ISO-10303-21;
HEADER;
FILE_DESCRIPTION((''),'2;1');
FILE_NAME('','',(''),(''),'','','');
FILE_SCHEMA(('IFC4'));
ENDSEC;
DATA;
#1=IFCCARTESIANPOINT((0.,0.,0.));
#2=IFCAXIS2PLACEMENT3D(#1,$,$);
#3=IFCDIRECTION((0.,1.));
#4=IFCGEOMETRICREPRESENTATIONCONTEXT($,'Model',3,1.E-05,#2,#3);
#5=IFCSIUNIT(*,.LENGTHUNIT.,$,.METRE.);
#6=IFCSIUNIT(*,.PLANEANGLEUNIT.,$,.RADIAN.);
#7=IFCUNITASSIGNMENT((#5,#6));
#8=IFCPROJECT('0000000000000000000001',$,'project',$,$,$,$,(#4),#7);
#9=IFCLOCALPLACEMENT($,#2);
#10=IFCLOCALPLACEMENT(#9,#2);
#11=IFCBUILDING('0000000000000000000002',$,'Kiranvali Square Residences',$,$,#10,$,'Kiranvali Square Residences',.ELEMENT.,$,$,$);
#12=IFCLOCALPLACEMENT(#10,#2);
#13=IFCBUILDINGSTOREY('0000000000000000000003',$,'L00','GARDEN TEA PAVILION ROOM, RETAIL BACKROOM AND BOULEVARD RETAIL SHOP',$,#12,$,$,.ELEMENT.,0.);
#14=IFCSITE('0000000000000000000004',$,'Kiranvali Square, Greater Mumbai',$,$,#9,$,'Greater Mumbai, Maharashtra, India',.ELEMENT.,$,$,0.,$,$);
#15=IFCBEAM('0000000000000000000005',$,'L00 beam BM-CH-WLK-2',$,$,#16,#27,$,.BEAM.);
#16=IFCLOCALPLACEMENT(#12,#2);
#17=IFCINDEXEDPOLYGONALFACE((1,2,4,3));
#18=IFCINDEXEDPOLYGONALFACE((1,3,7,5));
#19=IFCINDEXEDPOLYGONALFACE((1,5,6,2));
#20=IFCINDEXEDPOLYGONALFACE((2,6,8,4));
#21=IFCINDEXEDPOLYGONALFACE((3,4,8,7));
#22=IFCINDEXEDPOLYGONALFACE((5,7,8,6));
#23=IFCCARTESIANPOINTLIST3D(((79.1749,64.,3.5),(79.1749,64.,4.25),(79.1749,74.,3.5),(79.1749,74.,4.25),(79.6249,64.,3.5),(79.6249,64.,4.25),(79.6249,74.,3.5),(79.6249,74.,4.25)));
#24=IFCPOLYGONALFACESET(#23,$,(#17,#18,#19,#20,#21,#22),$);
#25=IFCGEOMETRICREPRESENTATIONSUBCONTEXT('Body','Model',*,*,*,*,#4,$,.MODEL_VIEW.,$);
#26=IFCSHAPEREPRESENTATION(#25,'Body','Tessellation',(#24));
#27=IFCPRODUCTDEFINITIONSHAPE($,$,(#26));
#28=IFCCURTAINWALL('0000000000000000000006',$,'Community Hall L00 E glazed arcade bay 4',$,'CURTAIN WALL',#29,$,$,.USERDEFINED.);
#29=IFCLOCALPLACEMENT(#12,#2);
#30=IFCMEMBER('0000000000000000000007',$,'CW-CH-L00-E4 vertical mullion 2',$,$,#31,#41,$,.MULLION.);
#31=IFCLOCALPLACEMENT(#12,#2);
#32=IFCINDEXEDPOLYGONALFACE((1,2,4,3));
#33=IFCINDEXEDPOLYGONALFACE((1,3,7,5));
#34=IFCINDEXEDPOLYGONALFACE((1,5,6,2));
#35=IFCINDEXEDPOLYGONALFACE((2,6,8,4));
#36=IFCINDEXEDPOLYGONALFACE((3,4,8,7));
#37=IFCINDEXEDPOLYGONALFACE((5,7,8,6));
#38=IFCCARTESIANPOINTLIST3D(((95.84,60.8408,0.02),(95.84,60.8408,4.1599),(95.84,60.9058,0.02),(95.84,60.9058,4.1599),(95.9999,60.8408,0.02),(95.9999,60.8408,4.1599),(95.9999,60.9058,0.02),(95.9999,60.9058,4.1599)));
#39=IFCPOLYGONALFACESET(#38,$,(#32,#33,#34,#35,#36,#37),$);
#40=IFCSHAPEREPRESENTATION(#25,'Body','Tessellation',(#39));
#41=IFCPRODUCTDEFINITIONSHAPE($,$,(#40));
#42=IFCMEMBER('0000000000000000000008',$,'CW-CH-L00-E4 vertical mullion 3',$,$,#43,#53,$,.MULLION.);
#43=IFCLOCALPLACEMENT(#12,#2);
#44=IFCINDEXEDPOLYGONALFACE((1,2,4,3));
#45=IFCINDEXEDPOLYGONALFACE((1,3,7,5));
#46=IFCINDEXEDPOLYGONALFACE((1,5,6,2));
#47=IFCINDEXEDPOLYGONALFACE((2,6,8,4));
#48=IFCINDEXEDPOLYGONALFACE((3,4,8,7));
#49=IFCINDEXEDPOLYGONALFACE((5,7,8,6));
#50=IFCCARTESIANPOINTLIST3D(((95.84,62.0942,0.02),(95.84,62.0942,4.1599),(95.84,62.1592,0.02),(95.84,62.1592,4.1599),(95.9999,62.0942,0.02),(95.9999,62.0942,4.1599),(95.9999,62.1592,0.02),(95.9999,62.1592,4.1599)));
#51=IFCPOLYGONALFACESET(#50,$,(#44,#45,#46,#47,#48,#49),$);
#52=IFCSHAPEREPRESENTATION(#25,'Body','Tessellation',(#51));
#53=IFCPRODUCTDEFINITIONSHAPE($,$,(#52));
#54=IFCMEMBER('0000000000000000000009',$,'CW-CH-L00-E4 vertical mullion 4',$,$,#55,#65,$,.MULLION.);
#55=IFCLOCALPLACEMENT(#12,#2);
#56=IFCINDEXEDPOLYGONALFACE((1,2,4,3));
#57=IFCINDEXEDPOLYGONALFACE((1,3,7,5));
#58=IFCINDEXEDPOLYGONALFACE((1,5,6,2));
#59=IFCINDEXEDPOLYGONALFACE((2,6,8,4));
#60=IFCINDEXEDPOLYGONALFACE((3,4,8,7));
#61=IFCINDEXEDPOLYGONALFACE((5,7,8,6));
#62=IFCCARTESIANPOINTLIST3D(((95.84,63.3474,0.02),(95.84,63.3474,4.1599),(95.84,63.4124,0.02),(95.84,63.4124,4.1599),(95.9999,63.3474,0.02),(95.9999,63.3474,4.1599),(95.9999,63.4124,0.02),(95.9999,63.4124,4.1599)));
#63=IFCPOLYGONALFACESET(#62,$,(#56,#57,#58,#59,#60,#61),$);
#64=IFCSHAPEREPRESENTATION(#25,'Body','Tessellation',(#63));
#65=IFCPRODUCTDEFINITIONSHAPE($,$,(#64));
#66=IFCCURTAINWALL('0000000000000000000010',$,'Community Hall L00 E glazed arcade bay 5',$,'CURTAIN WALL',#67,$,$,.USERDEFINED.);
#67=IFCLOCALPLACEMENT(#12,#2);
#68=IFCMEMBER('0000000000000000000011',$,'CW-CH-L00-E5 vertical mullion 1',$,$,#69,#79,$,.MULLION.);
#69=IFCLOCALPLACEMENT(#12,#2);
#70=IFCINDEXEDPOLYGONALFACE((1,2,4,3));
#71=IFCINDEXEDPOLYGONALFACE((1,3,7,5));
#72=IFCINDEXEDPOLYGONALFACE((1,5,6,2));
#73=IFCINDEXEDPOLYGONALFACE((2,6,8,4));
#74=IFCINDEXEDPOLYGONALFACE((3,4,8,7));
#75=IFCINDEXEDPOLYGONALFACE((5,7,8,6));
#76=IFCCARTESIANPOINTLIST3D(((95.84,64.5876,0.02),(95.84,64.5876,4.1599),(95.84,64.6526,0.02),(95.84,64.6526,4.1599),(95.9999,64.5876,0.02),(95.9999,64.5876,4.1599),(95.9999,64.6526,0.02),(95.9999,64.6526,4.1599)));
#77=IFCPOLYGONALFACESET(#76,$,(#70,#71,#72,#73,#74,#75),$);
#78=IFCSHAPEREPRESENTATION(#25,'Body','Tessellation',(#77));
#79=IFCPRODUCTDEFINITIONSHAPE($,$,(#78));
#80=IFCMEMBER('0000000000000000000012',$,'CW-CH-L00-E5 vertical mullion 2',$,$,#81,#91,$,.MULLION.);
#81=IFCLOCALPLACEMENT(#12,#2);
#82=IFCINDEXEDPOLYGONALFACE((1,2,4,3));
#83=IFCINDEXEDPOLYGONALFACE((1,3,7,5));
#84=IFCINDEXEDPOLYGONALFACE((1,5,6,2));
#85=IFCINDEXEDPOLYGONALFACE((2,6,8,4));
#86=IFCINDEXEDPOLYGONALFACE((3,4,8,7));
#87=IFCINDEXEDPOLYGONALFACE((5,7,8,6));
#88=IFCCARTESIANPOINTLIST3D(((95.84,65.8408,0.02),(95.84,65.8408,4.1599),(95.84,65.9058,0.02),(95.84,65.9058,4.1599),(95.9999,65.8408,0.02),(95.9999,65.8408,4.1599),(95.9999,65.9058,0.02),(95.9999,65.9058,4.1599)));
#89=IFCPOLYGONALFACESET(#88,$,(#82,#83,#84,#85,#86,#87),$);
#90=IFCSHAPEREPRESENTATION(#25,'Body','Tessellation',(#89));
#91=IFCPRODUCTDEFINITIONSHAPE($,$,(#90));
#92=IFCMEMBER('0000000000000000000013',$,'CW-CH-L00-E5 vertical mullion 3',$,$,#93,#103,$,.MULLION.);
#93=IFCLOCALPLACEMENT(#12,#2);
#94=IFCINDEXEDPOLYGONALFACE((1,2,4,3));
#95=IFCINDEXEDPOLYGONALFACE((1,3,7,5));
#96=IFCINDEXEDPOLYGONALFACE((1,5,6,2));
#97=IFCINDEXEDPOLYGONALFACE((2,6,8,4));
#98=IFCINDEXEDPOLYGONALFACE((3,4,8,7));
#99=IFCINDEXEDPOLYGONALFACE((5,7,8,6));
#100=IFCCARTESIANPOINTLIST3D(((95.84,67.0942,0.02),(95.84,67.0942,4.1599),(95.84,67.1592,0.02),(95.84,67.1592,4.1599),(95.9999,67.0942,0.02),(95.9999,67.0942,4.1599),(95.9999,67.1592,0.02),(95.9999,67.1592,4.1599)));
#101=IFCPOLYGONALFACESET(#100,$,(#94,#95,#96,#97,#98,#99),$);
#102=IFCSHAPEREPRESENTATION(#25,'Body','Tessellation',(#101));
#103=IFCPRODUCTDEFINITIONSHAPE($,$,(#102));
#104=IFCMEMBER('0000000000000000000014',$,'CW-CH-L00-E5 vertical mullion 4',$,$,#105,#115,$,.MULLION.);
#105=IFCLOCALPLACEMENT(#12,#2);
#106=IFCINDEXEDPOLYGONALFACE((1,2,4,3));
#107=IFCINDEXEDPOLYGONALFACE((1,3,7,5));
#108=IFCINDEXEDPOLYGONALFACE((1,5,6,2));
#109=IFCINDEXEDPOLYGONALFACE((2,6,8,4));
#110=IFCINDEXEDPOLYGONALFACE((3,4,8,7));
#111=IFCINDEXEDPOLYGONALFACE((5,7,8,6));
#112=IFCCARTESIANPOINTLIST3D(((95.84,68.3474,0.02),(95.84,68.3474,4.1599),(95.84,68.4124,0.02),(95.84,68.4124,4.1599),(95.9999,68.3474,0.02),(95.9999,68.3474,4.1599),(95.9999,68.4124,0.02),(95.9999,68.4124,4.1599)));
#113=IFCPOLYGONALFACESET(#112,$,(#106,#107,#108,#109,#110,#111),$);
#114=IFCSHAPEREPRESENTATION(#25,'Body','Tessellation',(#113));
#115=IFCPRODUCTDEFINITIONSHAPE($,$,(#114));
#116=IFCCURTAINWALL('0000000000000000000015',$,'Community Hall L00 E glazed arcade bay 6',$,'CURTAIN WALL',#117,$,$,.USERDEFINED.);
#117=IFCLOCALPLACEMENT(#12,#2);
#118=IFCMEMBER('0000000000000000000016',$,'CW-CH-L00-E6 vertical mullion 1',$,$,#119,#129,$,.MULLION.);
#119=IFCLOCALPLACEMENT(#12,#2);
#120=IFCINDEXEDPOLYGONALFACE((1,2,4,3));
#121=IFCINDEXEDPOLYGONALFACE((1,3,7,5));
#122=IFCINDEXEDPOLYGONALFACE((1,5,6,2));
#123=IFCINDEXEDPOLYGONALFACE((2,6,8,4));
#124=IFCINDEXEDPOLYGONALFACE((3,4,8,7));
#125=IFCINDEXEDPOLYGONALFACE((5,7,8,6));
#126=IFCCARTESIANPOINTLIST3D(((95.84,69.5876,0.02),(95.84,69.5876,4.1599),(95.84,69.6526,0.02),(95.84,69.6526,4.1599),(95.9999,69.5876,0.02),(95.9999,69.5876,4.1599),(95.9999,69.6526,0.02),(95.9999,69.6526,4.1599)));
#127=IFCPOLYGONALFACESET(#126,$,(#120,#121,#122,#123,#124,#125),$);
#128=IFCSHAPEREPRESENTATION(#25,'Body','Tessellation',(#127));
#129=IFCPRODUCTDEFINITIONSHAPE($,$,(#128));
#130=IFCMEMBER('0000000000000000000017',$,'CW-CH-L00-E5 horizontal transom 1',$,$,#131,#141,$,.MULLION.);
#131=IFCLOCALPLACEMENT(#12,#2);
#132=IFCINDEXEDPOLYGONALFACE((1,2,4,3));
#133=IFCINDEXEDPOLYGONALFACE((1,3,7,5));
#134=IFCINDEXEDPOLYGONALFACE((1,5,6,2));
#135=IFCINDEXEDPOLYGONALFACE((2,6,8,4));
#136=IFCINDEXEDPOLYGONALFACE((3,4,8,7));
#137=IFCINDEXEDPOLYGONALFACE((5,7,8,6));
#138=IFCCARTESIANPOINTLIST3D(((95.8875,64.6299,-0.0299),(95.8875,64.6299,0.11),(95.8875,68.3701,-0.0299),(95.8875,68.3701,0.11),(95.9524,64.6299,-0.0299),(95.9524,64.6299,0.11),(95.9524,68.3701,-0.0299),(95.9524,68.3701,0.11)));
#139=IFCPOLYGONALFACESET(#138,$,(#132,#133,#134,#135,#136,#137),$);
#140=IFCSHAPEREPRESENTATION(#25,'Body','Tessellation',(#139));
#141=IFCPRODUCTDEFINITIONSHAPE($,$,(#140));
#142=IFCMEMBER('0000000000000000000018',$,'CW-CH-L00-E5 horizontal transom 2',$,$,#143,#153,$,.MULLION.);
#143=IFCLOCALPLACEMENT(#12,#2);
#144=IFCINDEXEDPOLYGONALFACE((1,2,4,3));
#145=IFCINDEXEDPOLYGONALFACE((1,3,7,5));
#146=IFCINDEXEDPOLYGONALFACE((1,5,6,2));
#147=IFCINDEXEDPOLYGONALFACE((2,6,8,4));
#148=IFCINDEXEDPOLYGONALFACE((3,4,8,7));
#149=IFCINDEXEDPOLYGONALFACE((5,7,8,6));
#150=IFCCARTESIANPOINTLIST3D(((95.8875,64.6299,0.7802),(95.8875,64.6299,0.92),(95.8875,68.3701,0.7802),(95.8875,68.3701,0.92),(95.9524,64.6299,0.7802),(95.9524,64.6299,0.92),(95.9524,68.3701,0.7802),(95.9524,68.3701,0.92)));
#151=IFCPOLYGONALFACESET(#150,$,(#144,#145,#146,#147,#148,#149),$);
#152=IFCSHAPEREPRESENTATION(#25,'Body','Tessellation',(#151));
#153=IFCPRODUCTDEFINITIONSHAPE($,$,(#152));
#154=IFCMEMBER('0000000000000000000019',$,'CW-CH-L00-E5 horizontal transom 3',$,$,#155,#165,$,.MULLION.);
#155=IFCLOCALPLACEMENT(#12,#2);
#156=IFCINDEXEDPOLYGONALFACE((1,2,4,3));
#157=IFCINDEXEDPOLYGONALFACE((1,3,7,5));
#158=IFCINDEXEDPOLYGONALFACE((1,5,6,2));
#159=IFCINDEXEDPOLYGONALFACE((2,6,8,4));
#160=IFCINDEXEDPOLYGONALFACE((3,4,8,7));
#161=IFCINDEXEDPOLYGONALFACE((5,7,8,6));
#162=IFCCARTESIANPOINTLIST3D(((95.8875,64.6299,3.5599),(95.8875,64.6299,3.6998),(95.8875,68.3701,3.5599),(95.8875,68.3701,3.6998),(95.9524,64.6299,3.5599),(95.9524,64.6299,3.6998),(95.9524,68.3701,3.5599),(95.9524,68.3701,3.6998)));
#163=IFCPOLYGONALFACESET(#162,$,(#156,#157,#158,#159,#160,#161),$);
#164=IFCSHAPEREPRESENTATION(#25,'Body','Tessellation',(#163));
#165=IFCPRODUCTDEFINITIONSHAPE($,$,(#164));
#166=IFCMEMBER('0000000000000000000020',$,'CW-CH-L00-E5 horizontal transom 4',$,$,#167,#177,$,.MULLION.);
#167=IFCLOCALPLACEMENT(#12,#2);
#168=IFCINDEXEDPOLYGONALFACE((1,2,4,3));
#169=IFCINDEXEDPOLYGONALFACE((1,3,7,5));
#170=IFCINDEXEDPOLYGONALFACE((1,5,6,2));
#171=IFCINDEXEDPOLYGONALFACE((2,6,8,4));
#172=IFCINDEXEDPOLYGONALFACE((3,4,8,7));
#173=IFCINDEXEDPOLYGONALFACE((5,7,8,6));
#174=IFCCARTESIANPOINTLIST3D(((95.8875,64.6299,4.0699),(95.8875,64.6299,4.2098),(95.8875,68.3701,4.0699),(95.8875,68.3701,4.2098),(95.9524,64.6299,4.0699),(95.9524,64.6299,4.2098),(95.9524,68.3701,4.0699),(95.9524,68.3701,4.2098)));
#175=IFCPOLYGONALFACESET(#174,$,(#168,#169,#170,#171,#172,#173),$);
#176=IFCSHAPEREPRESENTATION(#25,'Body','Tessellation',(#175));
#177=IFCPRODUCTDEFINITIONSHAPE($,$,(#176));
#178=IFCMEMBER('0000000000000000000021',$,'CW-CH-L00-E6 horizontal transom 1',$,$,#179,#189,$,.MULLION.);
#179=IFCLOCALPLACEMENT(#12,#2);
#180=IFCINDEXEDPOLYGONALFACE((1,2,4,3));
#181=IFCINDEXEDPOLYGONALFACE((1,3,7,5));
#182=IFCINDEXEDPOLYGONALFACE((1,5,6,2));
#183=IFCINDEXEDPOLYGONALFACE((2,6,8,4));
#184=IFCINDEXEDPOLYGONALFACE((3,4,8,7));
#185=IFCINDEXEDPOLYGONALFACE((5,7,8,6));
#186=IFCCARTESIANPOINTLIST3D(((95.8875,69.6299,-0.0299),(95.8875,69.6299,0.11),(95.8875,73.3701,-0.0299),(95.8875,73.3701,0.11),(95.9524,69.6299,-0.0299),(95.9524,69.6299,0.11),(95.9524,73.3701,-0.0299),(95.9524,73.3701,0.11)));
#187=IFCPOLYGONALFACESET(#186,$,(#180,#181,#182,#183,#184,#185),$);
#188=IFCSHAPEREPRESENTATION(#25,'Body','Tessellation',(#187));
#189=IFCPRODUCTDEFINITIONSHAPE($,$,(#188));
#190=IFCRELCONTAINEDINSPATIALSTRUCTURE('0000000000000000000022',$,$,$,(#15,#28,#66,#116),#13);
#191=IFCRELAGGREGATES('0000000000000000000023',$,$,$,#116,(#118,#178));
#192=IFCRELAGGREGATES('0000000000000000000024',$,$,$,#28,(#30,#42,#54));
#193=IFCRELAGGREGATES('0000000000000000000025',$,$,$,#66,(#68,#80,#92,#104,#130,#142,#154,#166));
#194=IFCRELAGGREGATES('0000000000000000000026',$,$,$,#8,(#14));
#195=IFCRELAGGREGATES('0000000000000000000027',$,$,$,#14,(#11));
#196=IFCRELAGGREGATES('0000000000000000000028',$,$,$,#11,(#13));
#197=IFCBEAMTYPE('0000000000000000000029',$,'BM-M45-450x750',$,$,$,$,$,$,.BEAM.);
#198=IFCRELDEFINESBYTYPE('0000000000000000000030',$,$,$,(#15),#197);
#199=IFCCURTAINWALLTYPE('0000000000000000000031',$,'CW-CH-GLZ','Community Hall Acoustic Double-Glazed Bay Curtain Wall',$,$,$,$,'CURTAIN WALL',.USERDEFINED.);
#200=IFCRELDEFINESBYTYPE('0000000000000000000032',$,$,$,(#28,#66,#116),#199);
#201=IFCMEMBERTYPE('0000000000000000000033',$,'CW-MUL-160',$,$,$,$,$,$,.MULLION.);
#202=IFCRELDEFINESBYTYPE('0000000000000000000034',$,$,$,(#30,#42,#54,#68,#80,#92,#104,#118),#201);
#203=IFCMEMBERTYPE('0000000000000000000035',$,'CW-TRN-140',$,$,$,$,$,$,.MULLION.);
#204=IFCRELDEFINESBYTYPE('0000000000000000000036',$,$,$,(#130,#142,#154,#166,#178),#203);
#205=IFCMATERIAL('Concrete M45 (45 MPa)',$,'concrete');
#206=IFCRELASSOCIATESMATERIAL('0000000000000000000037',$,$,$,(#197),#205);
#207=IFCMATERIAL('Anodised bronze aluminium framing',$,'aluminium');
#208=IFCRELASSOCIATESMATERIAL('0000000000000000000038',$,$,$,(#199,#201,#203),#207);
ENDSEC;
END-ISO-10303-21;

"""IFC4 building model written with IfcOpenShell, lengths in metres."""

from ifc_helpers import new_model, si_unit, direction, frame, origin, origin_2d, place, context, subcontext, project, spatial, rectangle, extrude, material, material_profile, profile_set, type_object, element, aggregate, save


model = new_model("IFC4")

# Units and contexts
model_context = context("Model", 3, precision=1e-05, world=origin(), true_north=direction((0.0, 1.0)))
body_context = subcontext(model_context, "Body", "Model", "MODEL_VIEW")
ifc_project = project(units=[si_unit("LENGTHUNIT", "METRE"), si_unit("PLANEANGLEUNIT", "RADIAN")], contexts=[model_context])

# Site, building, storey
site_placement = place(None, origin())
site = spatial("IfcSite", under=ifc_project, at=site_placement, Name="Kiranvali Square, Greater Mumbai", LongName="Greater Mumbai, Maharashtra, India", CompositionType="ELEMENT", RefElevation=0.0)
building_placement = place(site_placement, origin())
building = spatial("IfcBuilding", under=site, at=building_placement, Name="Kiranvali Square Residences", LongName="Kiranvali Square Residences", CompositionType="ELEMENT")
storey_placement = place(building_placement, origin())
storey = spatial("IfcBuildingStorey", under=building, at=storey_placement, Name="L00", Description="GARDEN TEA PAVILION ROOM, RETAIL BACKROOM AND BOULEVARD RETAIL SHOP", CompositionType="ELEMENT", Elevation=0.0)

# Beam
ifc_material_1 = material(Name="Concrete M45 (45 MPa)", Category="concrete")
ifc_material_profile_1 = material_profile(ifc_material_1, rectangle(XDim=0.45, YDim=0.75, at=origin_2d()), Name="RC 450x750")
ifc_profile_set_1 = profile_set([ifc_material_profile_1], Name="Concrete M45 (45 MPa)")
beam_type = type_object("IfcBeamType", Name="BM-M45-450x750", PredefinedType="BEAM", material=ifc_profile_set_1)
beam_placement = place(storey_placement, frame((79.3999, 64.0, 3.875), z_axis=(0.0, 1.0, 0.0), x_axis=(-1.0, 0.0, 0.0)))
element("IfcBeam", 1, at=beam_placement, inside=storey, type_object=beam_type, Name="L00 beam BM-CH-WLK-2", PredefinedType="BEAM", context=body_context, shape_type="SweptSolid", body=[
    extrude(rectangle(XDim=0.45, YDim=0.75, at=origin_2d()), origin(), (0.0, 0.0, 1.0), 10.0),
])

# Curtain walls, members
ifc_material_2 = material(Name="Anodised bronze aluminium framing", Category="aluminium")
curtain_wall_type = type_object("IfcCurtainWallType", Name="CW-CH-GLZ", Description="Community Hall Acoustic Double-Glazed Bay Curtain Wall", ElementType="CURTAIN WALL", PredefinedType="USERDEFINED", material=ifc_material_2)
curtain_wall_1_placement = place(storey_placement, origin())
curtain_wall_1 = element("IfcCurtainWall", 2, at=curtain_wall_1_placement, inside=storey, type_object=curtain_wall_type, Name="Community Hall L00 E glazed arcade bay 4", ObjectType="CURTAIN WALL", PredefinedType="USERDEFINED")
ifc_material_profile_2 = material_profile(ifc_material_2, rectangle(XDim=0.0649, YDim=0.1599, at=origin_2d()), Name="ALU 65x160")
ifc_profile_set_2 = profile_set([ifc_material_profile_2], Name="Anodised bronze aluminium framing")
member_type_1 = type_object("IfcMemberType", Name="CW-MUL-160", PredefinedType="MULLION", material=ifc_profile_set_2)
member_1_placement = place(storey_placement, frame((95.9199, 60.8733, 0.02), z_axis=(0.0, 0.0, 1.0), x_axis=(0.0, 1.0, 0.0)))
member_1 = element("IfcMember", 3, at=member_1_placement, type_object=member_type_1, Name="CW-CH-L00-E4 vertical mullion 2", PredefinedType="MULLION", context=body_context, shape_type="SweptSolid", body=[
    extrude(rectangle(XDim=0.0649, YDim=0.1599, at=origin_2d()), origin(), (0.0, 0.0, 1.0), 4.1399),
])
member_2_placement = place(storey_placement, frame((95.9199, 62.1267, 0.02), z_axis=(0.0, 0.0, 1.0), x_axis=(0.0, 1.0, 0.0)))
member_2 = element("IfcMember", 4, at=member_2_placement, type_object=member_type_1, Name="CW-CH-L00-E4 vertical mullion 3", PredefinedType="MULLION", context=body_context, shape_type="SweptSolid", body=[
    extrude(rectangle(XDim=0.0649, YDim=0.1599, at=origin_2d()), origin(), (0.0, 0.0, 1.0), 4.1399),
])
member_3_placement = place(storey_placement, frame((95.9199, 63.3799, 0.02), z_axis=(0.0, 0.0, 1.0), x_axis=(0.0, 1.0, 0.0)))
member_3 = element("IfcMember", 5, at=member_3_placement, type_object=member_type_1, Name="CW-CH-L00-E4 vertical mullion 4", PredefinedType="MULLION", context=body_context, shape_type="SweptSolid", body=[
    extrude(rectangle(XDim=0.0649, YDim=0.1599, at=origin_2d()), origin(), (0.0, 0.0, 1.0), 4.1399),
])
curtain_wall_2_placement = place(storey_placement, origin())
curtain_wall_2 = element("IfcCurtainWall", 6, at=curtain_wall_2_placement, inside=storey, type_object=curtain_wall_type, Name="Community Hall L00 E glazed arcade bay 5", ObjectType="CURTAIN WALL", PredefinedType="USERDEFINED")
member_4_placement = place(storey_placement, frame((95.9199, 64.6201, 0.02), z_axis=(0.0, 0.0, 1.0), x_axis=(0.0, 1.0, 0.0)))
member_4 = element("IfcMember", 7, at=member_4_placement, type_object=member_type_1, Name="CW-CH-L00-E5 vertical mullion 1", PredefinedType="MULLION", context=body_context, shape_type="SweptSolid", body=[
    extrude(rectangle(XDim=0.0649, YDim=0.1599, at=origin_2d()), origin(), (0.0, 0.0, 1.0), 4.1399),
])
member_5_placement = place(storey_placement, frame((95.9199, 65.8733, 0.02), z_axis=(0.0, 0.0, 1.0), x_axis=(0.0, 1.0, 0.0)))
member_5 = element("IfcMember", 8, at=member_5_placement, type_object=member_type_1, Name="CW-CH-L00-E5 vertical mullion 2", PredefinedType="MULLION", context=body_context, shape_type="SweptSolid", body=[
    extrude(rectangle(XDim=0.0649, YDim=0.1599, at=origin_2d()), origin(), (0.0, 0.0, 1.0), 4.1399),
])
member_6_placement = place(storey_placement, frame((95.9199, 67.1267, 0.02), z_axis=(0.0, 0.0, 1.0), x_axis=(0.0, 1.0, 0.0)))
member_6 = element("IfcMember", 9, at=member_6_placement, type_object=member_type_1, Name="CW-CH-L00-E5 vertical mullion 3", PredefinedType="MULLION", context=body_context, shape_type="SweptSolid", body=[
    extrude(rectangle(XDim=0.0649, YDim=0.1599, at=origin_2d()), origin(), (0.0, 0.0, 1.0), 4.1399),
])
member_7_placement = place(storey_placement, frame((95.9199, 68.3799, 0.02), z_axis=(0.0, 0.0, 1.0), x_axis=(0.0, 1.0, 0.0)))
member_7 = element("IfcMember", 10, at=member_7_placement, type_object=member_type_1, Name="CW-CH-L00-E5 vertical mullion 4", PredefinedType="MULLION", context=body_context, shape_type="SweptSolid", body=[
    extrude(rectangle(XDim=0.0649, YDim=0.1599, at=origin_2d()), origin(), (0.0, 0.0, 1.0), 4.1399),
])

# Curtain wall, member
curtain_wall_3_placement = place(storey_placement, origin())
curtain_wall_3 = element("IfcCurtainWall", 11, at=curtain_wall_3_placement, inside=storey, type_object=curtain_wall_type, Name="Community Hall L00 E glazed arcade bay 6", ObjectType="CURTAIN WALL", PredefinedType="USERDEFINED")
member_8_placement = place(storey_placement, frame((95.9199, 69.6201, 0.02), z_axis=(0.0, 0.0, 1.0), x_axis=(0.0, 1.0, 0.0)))
member_8 = element("IfcMember", 12, at=member_8_placement, type_object=member_type_1, Name="CW-CH-L00-E6 vertical mullion 1", PredefinedType="MULLION", context=body_context, shape_type="SweptSolid", body=[
    extrude(rectangle(XDim=0.0649, YDim=0.1599, at=origin_2d()), origin(), (0.0, 0.0, 1.0), 4.1399),
])

# Members
ifc_material_profile_3 = material_profile(ifc_material_2, rectangle(XDim=0.0649, YDim=0.1399, at=origin_2d()), Name="ALU 65x140")
ifc_profile_set_3 = profile_set([ifc_material_profile_3], Name="Anodised bronze aluminium framing")
member_type_2 = type_object("IfcMemberType", Name="CW-TRN-140", PredefinedType="MULLION", material=ifc_profile_set_3)
member_9_placement = place(storey_placement, frame((95.9199, 64.6299, 0.04), z_axis=(0.0, 1.0, 0.0), x_axis=(-1.0, 0.0, 0.0)))
member_9 = element("IfcMember", 13, at=member_9_placement, type_object=member_type_2, Name="CW-CH-L00-E5 horizontal transom 1", PredefinedType="MULLION", context=body_context, shape_type="SweptSolid", body=[
    extrude(rectangle(XDim=0.0649, YDim=0.1399, at=origin_2d()), origin(), (0.0, 0.0, 1.0), 3.7402),
])
member_10_placement = place(storey_placement, frame((95.9199, 64.6299, 0.8501), z_axis=(0.0, 1.0, 0.0), x_axis=(-1.0, 0.0, 0.0)))
member_10 = element("IfcMember", 14, at=member_10_placement, type_object=member_type_2, Name="CW-CH-L00-E5 horizontal transom 2", PredefinedType="MULLION", context=body_context, shape_type="SweptSolid", body=[
    extrude(rectangle(XDim=0.0649, YDim=0.1399, at=origin_2d()), origin(), (0.0, 0.0, 1.0), 3.7402),
])
member_11_placement = place(storey_placement, frame((95.9199, 64.6299, 3.6299), z_axis=(0.0, 1.0, 0.0), x_axis=(-1.0, 0.0, 0.0)))
member_11 = element("IfcMember", 15, at=member_11_placement, type_object=member_type_2, Name="CW-CH-L00-E5 horizontal transom 3", PredefinedType="MULLION", context=body_context, shape_type="SweptSolid", body=[
    extrude(rectangle(XDim=0.0649, YDim=0.1399, at=origin_2d()), origin(), (0.0, 0.0, 1.0), 3.7402),
])
member_12_placement = place(storey_placement, frame((95.9199, 64.6299, 4.1399), z_axis=(0.0, 1.0, 0.0), x_axis=(-1.0, 0.0, 0.0)))
member_12 = element("IfcMember", 16, at=member_12_placement, type_object=member_type_2, Name="CW-CH-L00-E5 horizontal transom 4", PredefinedType="MULLION", context=body_context, shape_type="SweptSolid", body=[
    extrude(rectangle(XDim=0.0649, YDim=0.1399, at=origin_2d()), origin(), (0.0, 0.0, 1.0), 3.7402),
])
member_13_placement = place(storey_placement, frame((95.9199, 69.6299, 0.04), z_axis=(0.0, 1.0, 0.0), x_axis=(-1.0, 0.0, 0.0)))
member_13 = element("IfcMember", 17, at=member_13_placement, type_object=member_type_2, Name="CW-CH-L00-E6 horizontal transom 1", PredefinedType="MULLION", context=body_context, shape_type="SweptSolid", body=[
    extrude(rectangle(XDim=0.0649, YDim=0.1399, at=origin_2d()), origin(), (0.0, 0.0, 1.0), 3.7402),
])
aggregate(curtain_wall_3, [member_8, member_13])

aggregate(curtain_wall_1, [member_1, member_2, member_3])
aggregate(curtain_wall_2, [member_4, member_5, member_6, member_7, member_9, member_10, member_11, member_12])

save(model, "model.ifc")
